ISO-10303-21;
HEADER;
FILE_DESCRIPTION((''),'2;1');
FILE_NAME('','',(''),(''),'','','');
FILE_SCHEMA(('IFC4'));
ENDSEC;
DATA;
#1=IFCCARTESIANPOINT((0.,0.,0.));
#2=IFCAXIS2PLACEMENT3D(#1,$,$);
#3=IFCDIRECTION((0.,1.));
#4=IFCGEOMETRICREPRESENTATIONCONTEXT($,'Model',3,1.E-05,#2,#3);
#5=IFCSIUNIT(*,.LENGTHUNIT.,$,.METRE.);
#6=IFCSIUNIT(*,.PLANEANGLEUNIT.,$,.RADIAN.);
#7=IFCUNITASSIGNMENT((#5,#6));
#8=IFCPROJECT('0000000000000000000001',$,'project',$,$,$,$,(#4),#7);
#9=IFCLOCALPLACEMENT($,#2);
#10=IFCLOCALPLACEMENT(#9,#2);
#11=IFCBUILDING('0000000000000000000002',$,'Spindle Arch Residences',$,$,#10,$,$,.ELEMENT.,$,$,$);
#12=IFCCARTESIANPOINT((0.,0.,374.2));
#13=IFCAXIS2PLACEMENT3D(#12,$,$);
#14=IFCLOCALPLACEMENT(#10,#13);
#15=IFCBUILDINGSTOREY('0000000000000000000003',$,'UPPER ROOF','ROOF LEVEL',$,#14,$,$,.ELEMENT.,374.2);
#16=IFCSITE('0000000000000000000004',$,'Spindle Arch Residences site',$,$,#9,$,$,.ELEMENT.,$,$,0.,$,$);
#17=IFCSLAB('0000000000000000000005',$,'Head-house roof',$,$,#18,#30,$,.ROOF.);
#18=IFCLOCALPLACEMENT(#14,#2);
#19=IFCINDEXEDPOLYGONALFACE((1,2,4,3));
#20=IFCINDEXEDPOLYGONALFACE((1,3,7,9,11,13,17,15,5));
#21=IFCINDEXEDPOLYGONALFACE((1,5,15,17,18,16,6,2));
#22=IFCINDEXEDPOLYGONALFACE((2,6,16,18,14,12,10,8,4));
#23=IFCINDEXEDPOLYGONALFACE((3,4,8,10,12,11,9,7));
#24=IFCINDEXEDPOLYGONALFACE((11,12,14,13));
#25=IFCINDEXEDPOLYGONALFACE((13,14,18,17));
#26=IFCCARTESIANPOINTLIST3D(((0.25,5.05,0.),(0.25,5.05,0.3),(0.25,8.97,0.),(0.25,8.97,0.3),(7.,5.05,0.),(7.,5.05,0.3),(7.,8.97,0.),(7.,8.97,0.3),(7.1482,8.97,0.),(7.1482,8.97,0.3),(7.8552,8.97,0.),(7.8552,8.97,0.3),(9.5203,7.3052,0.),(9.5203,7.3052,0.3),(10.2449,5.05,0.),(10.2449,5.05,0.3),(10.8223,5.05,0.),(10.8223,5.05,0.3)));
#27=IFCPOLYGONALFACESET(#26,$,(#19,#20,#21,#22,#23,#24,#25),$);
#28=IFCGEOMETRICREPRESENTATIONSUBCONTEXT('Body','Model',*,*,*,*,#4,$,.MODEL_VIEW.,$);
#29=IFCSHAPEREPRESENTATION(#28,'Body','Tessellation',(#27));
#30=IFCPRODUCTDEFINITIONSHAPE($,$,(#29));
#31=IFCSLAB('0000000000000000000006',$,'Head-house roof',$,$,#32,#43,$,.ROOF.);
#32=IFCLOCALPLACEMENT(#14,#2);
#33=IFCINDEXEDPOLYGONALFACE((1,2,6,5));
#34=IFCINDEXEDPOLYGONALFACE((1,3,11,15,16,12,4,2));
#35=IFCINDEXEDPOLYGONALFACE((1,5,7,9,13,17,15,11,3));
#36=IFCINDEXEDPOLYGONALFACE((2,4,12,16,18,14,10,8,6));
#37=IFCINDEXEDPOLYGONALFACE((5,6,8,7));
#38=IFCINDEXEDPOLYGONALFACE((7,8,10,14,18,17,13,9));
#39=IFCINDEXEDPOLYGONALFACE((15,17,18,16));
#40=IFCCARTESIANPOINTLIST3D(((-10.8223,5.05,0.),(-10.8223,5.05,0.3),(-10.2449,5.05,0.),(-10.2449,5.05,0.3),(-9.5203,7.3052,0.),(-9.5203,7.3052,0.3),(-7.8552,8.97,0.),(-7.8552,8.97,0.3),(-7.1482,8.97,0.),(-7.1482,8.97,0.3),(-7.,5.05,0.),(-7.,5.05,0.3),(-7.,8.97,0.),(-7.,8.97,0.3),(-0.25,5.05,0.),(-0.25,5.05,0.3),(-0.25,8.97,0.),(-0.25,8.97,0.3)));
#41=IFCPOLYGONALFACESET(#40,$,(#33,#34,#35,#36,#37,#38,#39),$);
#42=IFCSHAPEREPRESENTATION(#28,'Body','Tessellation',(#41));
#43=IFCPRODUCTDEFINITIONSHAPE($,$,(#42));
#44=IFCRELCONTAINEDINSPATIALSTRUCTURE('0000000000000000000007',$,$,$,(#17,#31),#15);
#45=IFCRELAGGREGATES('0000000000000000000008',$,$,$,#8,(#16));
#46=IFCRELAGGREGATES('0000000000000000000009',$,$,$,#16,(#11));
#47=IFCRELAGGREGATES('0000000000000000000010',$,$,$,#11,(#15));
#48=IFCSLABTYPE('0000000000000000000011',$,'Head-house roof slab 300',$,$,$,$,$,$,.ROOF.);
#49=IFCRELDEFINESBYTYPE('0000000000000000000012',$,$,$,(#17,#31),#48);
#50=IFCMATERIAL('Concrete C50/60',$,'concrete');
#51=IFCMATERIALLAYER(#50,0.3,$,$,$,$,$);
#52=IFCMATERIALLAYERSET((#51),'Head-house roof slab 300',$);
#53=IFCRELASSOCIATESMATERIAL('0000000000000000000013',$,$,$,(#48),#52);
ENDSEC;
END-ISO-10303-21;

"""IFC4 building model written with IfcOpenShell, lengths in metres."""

from ifc_helpers import new_model, si_unit, direction, frame, origin, place, context, subcontext, project, spatial, polyline, outline, extrude, material, layer, layer_set, type_object, element, save


model = new_model("IFC4")

# Units and contexts
model_context = context("Model", 3, precision=1e-05, world=origin(), true_north=direction((0.0, 1.0)))
body_context = subcontext(model_context, "Body", "Model", "MODEL_VIEW")
ifc_project = project(units=[si_unit("LENGTHUNIT", "METRE"), si_unit("PLANEANGLEUNIT", "RADIAN")], contexts=[model_context])

# Site, building, storey
site_placement = place(None, origin())
site = spatial("IfcSite", under=ifc_project, at=site_placement, Name="Spindle Arch Residences site", CompositionType="ELEMENT", RefElevation=0.0)
building_placement = place(site_placement, origin())
building = spatial("IfcBuilding", under=site, at=building_placement, Name="Spindle Arch Residences", CompositionType="ELEMENT")
storey_placement = place(building_placement, frame((0.0, 0.0, 374.2)))
storey = spatial("IfcBuildingStorey", under=building, at=storey_placement, Name="UPPER ROOF", Description="ROOF LEVEL", CompositionType="ELEMENT", Elevation=374.2)

# Slabs
ifc_material = material(Name="Concrete C50/60", Category="concrete")
ifc_layer = layer(ifc_material, 0.3)
ifc_layer_set = layer_set([ifc_layer], Name="Head-house roof slab 300")
slab_type = type_object("IfcSlabType", Name="Head-house roof slab 300", PredefinedType="ROOF", material=ifc_layer_set)
slab_1_placement = place(storey_placement, origin())
element("IfcSlab", 1, at=slab_1_placement, inside=storey, type_object=slab_type, Name="Head-house roof", PredefinedType="ROOF", context=body_context, shape_type="SweptSolid", body=[
    extrude(outline(polyline([(7.0, 5.05), (10.2449, 5.05), (10.8223, 5.05), (9.5203, 7.3052), (7.8552, 8.97), (7.1482, 8.97), (7.0, 8.97), (0.25, 8.97), (0.25, 5.05), (7.0, 5.05)])), origin(), (0.0, 0.0, 1.0), 0.3),
])
slab_2_placement = place(storey_placement, origin())
element("IfcSlab", 2, at=slab_2_placement, inside=storey, type_object=slab_type, Name="Head-house roof", PredefinedType="ROOF", context=body_context, shape_type="SweptSolid", body=[
    extrude(outline(polyline([(-9.5203, 7.3052), (-10.8223, 5.05), (-10.2449, 5.05), (-7.0, 5.05), (-0.25, 5.05), (-0.25, 8.97), (-7.0, 8.97), (-7.1482, 8.97), (-7.8552, 8.97), (-9.5203, 7.3052)])), origin(), (0.0, 0.0, 1.0), 0.3),
])

save(model, "model.ifc")
